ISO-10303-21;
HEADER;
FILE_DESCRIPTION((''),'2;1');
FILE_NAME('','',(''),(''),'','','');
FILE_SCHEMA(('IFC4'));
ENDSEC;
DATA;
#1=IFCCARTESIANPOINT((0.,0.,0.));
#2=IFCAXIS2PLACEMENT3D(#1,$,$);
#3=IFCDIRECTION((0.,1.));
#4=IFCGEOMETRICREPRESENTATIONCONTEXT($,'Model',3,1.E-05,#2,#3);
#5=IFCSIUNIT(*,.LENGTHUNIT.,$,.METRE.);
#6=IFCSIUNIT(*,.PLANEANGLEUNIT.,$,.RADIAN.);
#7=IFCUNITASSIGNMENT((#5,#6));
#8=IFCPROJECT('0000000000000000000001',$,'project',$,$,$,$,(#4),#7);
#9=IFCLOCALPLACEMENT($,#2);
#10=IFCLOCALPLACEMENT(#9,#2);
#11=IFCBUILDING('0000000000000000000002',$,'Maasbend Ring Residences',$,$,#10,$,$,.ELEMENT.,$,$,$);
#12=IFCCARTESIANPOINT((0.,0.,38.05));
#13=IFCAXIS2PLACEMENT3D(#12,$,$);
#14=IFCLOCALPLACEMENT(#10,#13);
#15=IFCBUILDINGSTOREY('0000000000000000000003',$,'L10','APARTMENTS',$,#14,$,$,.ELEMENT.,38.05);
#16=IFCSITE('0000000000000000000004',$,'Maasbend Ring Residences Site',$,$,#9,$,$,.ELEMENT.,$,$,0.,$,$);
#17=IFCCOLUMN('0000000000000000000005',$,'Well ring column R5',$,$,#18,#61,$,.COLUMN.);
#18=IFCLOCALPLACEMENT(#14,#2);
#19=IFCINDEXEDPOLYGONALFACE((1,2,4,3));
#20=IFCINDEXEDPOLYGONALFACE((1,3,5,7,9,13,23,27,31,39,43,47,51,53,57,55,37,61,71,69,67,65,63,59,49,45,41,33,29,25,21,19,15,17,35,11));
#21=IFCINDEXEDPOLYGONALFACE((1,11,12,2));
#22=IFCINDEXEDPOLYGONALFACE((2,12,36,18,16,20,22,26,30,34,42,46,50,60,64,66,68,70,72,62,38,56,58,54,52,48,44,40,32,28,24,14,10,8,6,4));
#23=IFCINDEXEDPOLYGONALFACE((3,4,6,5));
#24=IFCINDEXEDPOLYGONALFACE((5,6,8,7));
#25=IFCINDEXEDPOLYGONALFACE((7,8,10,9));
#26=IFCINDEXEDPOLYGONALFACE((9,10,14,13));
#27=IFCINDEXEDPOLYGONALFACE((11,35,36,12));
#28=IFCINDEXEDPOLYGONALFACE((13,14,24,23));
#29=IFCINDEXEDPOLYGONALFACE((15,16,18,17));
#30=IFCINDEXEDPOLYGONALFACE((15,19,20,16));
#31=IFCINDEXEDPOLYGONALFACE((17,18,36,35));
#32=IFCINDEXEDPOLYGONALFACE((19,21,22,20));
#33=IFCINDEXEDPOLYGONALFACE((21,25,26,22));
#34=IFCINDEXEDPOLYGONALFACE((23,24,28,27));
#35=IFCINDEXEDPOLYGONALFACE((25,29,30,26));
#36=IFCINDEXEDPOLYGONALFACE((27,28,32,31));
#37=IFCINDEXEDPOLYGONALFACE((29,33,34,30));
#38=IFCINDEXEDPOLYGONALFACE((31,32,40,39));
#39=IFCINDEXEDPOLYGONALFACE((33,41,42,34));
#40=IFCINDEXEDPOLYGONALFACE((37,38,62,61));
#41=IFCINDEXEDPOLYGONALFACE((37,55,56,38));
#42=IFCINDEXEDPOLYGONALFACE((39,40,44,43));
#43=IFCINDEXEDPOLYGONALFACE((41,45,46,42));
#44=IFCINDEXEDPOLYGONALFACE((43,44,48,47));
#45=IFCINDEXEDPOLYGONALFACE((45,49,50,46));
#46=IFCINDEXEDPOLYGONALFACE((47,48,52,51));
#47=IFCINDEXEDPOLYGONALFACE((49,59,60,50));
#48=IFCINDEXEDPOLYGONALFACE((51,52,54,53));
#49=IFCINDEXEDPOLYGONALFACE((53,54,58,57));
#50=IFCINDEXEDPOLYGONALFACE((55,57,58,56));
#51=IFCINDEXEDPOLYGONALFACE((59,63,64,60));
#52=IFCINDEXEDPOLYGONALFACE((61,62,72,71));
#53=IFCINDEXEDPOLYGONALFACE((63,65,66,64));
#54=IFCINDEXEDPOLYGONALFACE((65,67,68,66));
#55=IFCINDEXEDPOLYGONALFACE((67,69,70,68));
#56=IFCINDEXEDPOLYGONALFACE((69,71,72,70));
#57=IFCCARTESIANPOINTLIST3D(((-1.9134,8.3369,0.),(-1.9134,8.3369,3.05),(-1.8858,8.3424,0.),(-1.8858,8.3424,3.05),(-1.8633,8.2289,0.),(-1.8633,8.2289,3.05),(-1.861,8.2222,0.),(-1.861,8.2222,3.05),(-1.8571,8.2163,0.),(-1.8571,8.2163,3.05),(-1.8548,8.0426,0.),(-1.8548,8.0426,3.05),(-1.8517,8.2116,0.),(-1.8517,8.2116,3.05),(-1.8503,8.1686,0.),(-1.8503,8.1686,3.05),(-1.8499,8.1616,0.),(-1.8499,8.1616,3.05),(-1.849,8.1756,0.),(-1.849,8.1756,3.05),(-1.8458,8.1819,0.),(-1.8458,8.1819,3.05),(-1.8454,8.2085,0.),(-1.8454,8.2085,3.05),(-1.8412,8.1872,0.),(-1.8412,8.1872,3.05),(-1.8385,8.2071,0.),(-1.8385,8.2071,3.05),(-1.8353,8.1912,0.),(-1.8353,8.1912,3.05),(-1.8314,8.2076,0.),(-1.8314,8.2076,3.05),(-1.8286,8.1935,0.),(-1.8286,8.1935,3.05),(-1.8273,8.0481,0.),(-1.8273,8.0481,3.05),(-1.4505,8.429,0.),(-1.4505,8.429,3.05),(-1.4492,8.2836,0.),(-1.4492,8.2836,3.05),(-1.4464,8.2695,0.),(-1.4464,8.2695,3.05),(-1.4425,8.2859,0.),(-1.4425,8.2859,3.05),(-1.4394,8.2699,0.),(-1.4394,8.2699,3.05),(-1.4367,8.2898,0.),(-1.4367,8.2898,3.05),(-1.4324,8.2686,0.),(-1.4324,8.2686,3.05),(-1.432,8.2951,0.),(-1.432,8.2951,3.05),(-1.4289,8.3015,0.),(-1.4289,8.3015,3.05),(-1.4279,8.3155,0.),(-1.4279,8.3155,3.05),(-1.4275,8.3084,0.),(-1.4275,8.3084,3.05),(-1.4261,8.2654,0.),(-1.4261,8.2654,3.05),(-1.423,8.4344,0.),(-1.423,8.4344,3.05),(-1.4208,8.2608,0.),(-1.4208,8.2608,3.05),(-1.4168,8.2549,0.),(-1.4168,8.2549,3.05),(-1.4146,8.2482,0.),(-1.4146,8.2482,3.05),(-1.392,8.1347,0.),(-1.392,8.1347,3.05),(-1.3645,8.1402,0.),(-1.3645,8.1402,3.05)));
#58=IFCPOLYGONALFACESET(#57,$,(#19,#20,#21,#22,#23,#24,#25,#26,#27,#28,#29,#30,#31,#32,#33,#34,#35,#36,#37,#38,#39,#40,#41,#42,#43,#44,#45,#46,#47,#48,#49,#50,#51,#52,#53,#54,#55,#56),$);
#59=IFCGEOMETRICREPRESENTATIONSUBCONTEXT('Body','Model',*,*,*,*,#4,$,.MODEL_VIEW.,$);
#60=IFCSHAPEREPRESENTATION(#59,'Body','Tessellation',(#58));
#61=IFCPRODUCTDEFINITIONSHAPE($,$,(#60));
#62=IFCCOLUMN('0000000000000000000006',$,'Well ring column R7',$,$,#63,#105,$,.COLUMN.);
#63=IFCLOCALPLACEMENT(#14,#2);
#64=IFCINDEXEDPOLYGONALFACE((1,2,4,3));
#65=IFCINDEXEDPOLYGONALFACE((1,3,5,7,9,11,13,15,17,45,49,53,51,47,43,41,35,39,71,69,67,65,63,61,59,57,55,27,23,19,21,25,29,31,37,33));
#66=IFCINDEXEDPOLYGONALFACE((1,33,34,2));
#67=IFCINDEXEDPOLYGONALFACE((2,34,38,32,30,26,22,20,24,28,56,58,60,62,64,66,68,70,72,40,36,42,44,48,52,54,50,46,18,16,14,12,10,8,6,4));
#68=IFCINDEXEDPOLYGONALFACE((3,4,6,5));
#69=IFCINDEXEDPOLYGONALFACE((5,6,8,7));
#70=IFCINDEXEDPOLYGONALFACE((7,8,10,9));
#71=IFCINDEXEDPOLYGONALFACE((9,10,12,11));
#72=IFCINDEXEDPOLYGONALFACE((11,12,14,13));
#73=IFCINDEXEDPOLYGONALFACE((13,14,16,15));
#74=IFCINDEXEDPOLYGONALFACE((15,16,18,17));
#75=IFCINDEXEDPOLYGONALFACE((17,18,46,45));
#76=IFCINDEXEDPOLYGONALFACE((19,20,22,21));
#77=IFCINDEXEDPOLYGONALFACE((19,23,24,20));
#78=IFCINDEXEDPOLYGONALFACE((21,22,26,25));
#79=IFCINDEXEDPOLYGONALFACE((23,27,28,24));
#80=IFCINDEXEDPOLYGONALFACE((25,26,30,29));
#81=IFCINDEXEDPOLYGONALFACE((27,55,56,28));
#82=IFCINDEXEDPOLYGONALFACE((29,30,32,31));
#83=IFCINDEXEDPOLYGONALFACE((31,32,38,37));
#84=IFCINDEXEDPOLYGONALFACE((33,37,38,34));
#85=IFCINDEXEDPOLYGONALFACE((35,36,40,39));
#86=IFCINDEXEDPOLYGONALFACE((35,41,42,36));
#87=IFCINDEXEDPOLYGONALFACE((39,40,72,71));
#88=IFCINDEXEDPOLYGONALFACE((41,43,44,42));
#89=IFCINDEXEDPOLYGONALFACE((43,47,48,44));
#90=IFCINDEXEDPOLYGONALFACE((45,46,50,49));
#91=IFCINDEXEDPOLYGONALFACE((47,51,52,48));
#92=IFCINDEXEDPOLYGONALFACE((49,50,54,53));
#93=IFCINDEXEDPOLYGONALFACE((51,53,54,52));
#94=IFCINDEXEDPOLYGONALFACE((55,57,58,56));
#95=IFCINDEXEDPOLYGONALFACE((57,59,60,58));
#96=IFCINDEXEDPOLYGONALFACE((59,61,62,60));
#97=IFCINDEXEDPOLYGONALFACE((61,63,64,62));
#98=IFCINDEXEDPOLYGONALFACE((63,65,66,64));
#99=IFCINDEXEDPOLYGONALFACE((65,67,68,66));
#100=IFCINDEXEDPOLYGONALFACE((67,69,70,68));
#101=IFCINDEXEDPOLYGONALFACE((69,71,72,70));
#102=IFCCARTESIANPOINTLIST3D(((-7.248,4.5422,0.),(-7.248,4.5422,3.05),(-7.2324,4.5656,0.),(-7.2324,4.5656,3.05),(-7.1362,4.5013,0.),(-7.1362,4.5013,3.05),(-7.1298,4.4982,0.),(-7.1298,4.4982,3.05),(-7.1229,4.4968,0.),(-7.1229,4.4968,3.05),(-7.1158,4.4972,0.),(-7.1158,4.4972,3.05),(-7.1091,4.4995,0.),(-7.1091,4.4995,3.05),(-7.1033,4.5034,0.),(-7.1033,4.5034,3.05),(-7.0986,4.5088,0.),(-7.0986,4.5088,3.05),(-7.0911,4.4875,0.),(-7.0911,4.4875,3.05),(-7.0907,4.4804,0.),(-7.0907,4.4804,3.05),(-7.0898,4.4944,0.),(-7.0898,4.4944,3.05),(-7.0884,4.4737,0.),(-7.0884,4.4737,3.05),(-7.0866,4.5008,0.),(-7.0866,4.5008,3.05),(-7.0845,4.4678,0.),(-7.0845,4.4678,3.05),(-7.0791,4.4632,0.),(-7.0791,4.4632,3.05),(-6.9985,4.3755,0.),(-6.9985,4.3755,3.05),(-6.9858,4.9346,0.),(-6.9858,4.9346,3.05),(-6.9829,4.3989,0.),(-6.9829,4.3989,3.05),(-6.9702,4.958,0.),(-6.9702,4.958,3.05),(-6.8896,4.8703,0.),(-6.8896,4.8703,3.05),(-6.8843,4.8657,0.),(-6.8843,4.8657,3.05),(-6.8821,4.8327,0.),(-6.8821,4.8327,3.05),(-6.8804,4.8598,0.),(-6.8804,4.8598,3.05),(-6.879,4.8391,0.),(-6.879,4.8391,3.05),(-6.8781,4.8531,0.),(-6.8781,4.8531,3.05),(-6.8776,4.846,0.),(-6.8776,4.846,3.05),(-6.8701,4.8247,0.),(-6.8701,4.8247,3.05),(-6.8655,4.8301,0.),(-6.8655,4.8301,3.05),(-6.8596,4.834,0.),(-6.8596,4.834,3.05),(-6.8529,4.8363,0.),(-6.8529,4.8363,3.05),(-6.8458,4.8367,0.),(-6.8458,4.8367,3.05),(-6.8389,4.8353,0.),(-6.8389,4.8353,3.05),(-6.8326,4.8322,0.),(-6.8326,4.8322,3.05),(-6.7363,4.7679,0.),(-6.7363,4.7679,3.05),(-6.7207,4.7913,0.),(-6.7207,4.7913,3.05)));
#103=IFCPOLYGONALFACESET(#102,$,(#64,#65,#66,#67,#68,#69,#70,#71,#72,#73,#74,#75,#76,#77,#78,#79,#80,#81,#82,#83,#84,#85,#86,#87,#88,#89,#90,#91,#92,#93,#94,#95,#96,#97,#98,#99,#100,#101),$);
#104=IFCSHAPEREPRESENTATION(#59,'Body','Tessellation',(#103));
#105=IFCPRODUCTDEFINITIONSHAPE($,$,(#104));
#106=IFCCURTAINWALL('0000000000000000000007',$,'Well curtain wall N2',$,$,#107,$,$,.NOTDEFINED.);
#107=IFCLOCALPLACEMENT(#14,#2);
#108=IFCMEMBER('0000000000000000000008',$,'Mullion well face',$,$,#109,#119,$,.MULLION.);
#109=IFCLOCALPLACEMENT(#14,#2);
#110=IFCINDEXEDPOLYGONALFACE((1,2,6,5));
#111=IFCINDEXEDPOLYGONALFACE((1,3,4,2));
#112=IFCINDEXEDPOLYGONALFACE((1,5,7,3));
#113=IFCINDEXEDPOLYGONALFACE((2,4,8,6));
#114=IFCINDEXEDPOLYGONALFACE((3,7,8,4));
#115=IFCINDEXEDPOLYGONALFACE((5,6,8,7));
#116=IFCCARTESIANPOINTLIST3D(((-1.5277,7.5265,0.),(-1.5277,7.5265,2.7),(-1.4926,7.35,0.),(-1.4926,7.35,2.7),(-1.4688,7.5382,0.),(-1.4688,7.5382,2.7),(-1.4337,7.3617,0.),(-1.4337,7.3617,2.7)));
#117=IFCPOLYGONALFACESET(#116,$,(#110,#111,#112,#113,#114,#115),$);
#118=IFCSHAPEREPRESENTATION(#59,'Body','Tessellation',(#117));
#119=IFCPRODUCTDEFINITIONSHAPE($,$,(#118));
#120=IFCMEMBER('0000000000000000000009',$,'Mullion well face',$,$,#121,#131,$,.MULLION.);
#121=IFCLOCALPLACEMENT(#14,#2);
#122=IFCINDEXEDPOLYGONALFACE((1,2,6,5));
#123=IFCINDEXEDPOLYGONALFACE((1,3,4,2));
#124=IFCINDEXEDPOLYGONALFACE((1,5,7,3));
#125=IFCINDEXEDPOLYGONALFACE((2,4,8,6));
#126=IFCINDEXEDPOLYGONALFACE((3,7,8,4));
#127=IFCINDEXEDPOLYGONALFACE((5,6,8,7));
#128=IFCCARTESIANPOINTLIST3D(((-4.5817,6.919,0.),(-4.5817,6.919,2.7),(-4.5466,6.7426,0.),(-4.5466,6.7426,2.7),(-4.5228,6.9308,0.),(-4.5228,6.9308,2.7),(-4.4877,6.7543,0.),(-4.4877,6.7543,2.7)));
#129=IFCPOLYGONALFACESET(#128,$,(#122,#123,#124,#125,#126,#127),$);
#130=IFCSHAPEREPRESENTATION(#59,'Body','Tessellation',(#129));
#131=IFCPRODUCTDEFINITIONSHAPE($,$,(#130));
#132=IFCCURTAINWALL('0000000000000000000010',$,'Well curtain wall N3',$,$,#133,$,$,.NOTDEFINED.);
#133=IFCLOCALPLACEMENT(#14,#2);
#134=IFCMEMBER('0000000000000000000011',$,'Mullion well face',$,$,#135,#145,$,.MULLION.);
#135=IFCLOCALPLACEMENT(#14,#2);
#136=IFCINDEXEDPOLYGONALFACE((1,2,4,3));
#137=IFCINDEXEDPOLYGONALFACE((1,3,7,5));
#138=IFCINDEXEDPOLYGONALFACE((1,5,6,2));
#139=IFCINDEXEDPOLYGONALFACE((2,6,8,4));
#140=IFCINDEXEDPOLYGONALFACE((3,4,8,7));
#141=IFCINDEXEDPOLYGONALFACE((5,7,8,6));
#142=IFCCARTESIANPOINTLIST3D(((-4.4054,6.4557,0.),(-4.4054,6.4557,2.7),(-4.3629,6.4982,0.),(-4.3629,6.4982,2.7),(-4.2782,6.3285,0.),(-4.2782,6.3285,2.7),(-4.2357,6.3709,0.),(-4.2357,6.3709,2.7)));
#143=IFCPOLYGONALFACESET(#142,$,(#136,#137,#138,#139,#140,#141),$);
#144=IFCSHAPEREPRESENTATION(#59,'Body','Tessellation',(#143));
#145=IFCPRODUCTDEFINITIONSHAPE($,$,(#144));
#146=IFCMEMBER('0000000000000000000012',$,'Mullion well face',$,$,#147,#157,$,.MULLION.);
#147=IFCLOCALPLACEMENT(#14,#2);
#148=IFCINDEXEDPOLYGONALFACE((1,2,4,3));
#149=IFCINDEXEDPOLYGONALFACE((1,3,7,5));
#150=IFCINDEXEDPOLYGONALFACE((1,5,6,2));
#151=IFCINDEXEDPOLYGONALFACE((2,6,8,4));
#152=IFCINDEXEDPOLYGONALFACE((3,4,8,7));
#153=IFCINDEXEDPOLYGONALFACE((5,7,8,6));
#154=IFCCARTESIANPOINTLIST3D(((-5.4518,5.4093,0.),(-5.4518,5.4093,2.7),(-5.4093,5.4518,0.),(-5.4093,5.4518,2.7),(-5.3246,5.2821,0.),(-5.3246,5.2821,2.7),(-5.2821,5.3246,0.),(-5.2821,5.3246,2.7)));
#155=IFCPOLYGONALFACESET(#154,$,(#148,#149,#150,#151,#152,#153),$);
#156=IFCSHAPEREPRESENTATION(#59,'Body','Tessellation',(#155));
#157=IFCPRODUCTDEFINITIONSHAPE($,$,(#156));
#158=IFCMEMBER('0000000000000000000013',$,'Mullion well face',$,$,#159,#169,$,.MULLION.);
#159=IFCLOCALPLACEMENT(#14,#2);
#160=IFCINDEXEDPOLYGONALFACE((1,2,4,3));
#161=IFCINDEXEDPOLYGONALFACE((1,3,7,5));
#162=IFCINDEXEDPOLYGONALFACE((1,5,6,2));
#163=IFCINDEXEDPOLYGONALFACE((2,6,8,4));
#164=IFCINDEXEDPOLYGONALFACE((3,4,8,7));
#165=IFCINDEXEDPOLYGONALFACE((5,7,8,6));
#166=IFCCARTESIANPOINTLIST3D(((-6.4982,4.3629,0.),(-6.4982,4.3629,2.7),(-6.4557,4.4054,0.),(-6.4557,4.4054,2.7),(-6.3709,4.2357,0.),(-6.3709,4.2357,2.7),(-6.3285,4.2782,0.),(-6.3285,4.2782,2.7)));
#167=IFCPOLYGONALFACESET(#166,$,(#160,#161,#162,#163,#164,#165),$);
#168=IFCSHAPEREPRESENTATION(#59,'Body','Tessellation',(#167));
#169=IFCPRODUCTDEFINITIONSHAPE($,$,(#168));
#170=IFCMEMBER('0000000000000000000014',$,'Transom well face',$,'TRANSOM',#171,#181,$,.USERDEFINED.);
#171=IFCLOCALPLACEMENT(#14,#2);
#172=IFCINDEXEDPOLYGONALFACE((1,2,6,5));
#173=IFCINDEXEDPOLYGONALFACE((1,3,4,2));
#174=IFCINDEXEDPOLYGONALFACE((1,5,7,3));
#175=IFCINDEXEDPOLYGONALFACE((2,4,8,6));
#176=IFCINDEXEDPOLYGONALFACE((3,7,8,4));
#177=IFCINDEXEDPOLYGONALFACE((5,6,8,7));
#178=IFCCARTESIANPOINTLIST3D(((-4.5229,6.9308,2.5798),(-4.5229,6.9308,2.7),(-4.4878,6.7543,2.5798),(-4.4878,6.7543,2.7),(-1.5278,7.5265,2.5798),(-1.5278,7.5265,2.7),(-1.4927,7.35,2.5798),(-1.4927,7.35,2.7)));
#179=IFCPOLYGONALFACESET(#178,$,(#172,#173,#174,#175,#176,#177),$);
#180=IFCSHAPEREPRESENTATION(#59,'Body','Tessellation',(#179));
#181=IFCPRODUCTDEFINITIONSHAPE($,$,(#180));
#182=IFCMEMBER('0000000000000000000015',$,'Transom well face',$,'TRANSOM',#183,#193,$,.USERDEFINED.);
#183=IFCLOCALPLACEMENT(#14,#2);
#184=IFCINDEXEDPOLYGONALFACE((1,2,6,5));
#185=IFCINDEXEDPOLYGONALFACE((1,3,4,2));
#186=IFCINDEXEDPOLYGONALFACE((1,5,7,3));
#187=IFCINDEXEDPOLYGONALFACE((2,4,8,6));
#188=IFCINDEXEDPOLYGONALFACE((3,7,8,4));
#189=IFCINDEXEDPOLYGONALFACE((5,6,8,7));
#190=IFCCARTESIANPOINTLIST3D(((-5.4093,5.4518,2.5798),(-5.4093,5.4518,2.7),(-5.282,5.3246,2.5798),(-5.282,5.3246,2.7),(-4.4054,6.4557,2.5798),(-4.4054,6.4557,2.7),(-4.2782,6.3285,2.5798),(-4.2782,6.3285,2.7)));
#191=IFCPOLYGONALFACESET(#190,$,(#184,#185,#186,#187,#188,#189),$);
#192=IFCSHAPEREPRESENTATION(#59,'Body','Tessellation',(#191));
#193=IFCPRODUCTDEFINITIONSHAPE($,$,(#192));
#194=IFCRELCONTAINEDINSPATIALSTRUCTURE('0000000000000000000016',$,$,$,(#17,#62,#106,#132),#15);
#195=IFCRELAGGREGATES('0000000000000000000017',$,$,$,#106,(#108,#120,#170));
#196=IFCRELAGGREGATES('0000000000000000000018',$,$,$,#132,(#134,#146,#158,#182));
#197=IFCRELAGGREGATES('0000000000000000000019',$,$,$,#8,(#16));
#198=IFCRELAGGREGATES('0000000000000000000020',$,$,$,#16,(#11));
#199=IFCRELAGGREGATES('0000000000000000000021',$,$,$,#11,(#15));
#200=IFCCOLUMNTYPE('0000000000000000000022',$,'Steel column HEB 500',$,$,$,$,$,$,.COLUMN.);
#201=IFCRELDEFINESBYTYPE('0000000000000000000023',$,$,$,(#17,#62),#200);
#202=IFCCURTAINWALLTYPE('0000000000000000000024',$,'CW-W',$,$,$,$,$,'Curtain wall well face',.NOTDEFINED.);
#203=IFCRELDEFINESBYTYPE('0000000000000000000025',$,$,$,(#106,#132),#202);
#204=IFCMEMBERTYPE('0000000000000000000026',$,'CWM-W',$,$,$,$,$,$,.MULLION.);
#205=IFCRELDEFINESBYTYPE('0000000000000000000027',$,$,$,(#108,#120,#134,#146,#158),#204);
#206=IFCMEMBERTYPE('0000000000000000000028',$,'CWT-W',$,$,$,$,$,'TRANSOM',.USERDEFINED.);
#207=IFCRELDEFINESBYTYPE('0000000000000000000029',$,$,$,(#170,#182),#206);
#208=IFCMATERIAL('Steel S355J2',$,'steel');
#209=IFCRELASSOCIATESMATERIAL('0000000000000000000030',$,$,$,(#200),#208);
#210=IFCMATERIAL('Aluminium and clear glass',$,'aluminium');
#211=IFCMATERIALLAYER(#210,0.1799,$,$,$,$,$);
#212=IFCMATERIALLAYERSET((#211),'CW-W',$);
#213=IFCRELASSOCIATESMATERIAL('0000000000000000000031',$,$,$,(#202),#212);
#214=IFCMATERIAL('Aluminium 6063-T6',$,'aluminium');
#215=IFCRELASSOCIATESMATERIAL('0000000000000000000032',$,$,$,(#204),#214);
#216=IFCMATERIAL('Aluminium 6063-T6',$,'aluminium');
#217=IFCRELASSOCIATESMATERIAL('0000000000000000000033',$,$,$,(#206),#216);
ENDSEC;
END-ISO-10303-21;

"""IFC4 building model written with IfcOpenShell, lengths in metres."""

from ifc_helpers import new_model, si_unit, direction, frame, origin, origin_2d, place, context, subcontext, project, spatial, rectangle, i_section, extrude, material, layer, layer_set, material_profile, profile_set, type_object, element, aggregate, save


model = new_model("IFC4")

# Units and contexts
model_context = context("Model", 3, precision=1e-05, world=origin(), true_north=direction((0.0, 1.0)))
body_context = subcontext(model_context, "Body", "Model", "MODEL_VIEW")
ifc_project = project(units=[si_unit("LENGTHUNIT", "METRE"), si_unit("PLANEANGLEUNIT", "RADIAN")], contexts=[model_context])

# Site, building, storey
site_placement = place(None, origin())
site = spatial("IfcSite", under=ifc_project, at=site_placement, Name="Maasbend Ring Residences Site", CompositionType="ELEMENT", RefElevation=0.0)
building_placement = place(site_placement, origin())
building = spatial("IfcBuilding", under=site, at=building_placement, Name="Maasbend Ring Residences", CompositionType="ELEMENT")
storey_placement = place(building_placement, frame((0.0, 0.0, 38.05)))
storey = spatial("IfcBuildingStorey", under=building, at=storey_placement, Name="L10", Description="APARTMENTS", CompositionType="ELEMENT", Elevation=38.05)

# Columns
ifc_material_1 = material(Name="Steel S355J2", Category="steel")
ifc_material_profile_1 = material_profile(ifc_material_1, i_section(OverallWidth=0.3, OverallDepth=0.5, WebThickness=0.0144, FlangeThickness=0.0281, FilletRadius=0.0271, at=origin_2d()), Name="HEB 500")
ifc_profile_set_1 = profile_set([ifc_material_profile_1], Name="Steel S355J2")
column_type = type_object("IfcColumnType", Name="Steel column HEB 500", PredefinedType="COLUMN", material=ifc_profile_set_1)
for number, where, z_axis, x_axis, name in (
    (1, (-1.6389, 8.2385, 0.0), (0.0, 0.0, 1.0), (-0.19509, 0.980785, 0.0), "Well ring column R5"),
    (2, (-6.9844, 4.6667, 0.0), (0.0, 0.0, 1.0), (-0.83147, 0.55557, 0.0), "Well ring column R7"),
):
    element("IfcColumn", number, at=place(storey_placement, frame(where, z_axis=z_axis, x_axis=x_axis)), inside=storey, type_object=column_type, Name=name, PredefinedType="COLUMN", context=body_context, shape_type="SweptSolid", body=[
        extrude(i_section(OverallWidth=0.3, OverallDepth=0.5, WebThickness=0.0144, FlangeThickness=0.0281, FilletRadius=0.0271, at=origin_2d()), origin(), (0.0, 0.0, 1.0), 3.05),
    ])

# Curtain walls, members
ifc_material_2 = material(Name="Aluminium and clear glass", Category="aluminium")
ifc_layer_1 = layer(ifc_material_2, 0.1799)
ifc_layer_set_1 = layer_set([ifc_layer_1], Name="CW-W")
curtain_wall_type = type_object("IfcCurtainWallType", Name="CW-W", ElementType="Curtain wall well face", PredefinedType="NOTDEFINED", material=ifc_layer_set_1)
curtain_wall_1_placement = place(storey_placement, origin())
curtain_wall_1 = element("IfcCurtainWall", 3, at=curtain_wall_1_placement, inside=storey, type_object=curtain_wall_type, Name="Well curtain wall N2", PredefinedType="NOTDEFINED")
ifc_material_3 = material(Name="Aluminium 6063-T6", Category="aluminium")
ifc_material_profile_2 = material_profile(ifc_material_3, rectangle(XDim=0.1799, YDim=0.0601, at=origin_2d()), Name="AL 180x60")
ifc_profile_set_2 = profile_set([ifc_material_profile_2], Name="Aluminium 6063-T6")
member_type_1 = type_object("IfcMemberType", Name="CWM-W", PredefinedType="MULLION", material=ifc_profile_set_2)
member_1_placement = place(storey_placement, frame((-1.4807, 7.4441, 0.0), z_axis=(0.0, 0.0, 1.0), x_axis=(0.19509, -0.980785, 0.0)))
member_1 = element("IfcMember", 4, at=member_1_placement, type_object=member_type_1, Name="Mullion well face", PredefinedType="MULLION", context=body_context, shape_type="SweptSolid", body=[
    extrude(rectangle(XDim=0.1799, YDim=0.0601, at=origin_2d()), origin(), (0.0, 0.0, 1.0), 2.7),
])
member_2_placement = place(storey_placement, frame((-4.5347, 6.8367, 0.0), z_axis=(0.0, 0.0, 1.0), x_axis=(0.19509, -0.980785, 0.0)))
member_2 = element("IfcMember", 5, at=member_2_placement, type_object=member_type_1, Name="Mullion well face", PredefinedType="MULLION", context=body_context, shape_type="SweptSolid", body=[
    extrude(rectangle(XDim=0.1799, YDim=0.0601, at=origin_2d()), origin(), (0.0, 0.0, 1.0), 2.7),
])
curtain_wall_2_placement = place(storey_placement, origin())
curtain_wall_2 = element("IfcCurtainWall", 6, at=curtain_wall_2_placement, inside=storey, type_object=curtain_wall_type, Name="Well curtain wall N3", PredefinedType="NOTDEFINED")
member_3_placement = place(storey_placement, frame((-4.3206, 6.4133, 0.0), z_axis=(0.0, 0.0, 1.0), x_axis=(0.707107, -0.707107, 0.0)))
member_3 = element("IfcMember", 7, at=member_3_placement, type_object=member_type_1, Name="Mullion well face", PredefinedType="MULLION", context=body_context, shape_type="SweptSolid", body=[
    extrude(rectangle(XDim=0.1799, YDim=0.0601, at=origin_2d()), origin(), (0.0, 0.0, 1.0), 2.7),
])
member_4_placement = place(storey_placement, frame((-5.3669, 5.3669, 0.0), z_axis=(0.0, 0.0, 1.0), x_axis=(0.707107, -0.707107, 0.0)))
member_4 = element("IfcMember", 8, at=member_4_placement, type_object=member_type_1, Name="Mullion well face", PredefinedType="MULLION", context=body_context, shape_type="SweptSolid", body=[
    extrude(rectangle(XDim=0.1799, YDim=0.0601, at=origin_2d()), origin(), (0.0, 0.0, 1.0), 2.7),
])
member_5_placement = place(storey_placement, frame((-6.4133, 4.3206, 0.0), z_axis=(0.0, 0.0, 1.0), x_axis=(0.707107, -0.707107, 0.0)))
member_5 = element("IfcMember", 9, at=member_5_placement, type_object=member_type_1, Name="Mullion well face", PredefinedType="MULLION", context=body_context, shape_type="SweptSolid", body=[
    extrude(rectangle(XDim=0.1799, YDim=0.0601, at=origin_2d()), origin(), (0.0, 0.0, 1.0), 2.7),
])

# Members
ifc_material_4 = material(Name="Aluminium 6063-T6", Category="aluminium")
ifc_material_profile_3 = material_profile(ifc_material_4, rectangle(XDim=0.1799, YDim=0.1201, at=origin_2d()), Name="AL 180x120")
ifc_profile_set_3 = profile_set([ifc_material_profile_3], Name="Aluminium 6063-T6")
member_type_2 = type_object("IfcMemberType", Name="CWT-W", ElementType="TRANSOM", PredefinedType="USERDEFINED", material=ifc_profile_set_3)
member_6_placement = place(storey_placement, frame((-1.5103, 7.4382, 2.6399), z_axis=(-0.980789, -0.195071, 0.0), x_axis=(0.195071, -0.980789, 0.0)))
member_6 = element("IfcMember", 10, at=member_6_placement, type_object=member_type_2, Name="Transom well face", ObjectType="TRANSOM", PredefinedType="USERDEFINED", context=body_context, shape_type="SweptSolid", body=[
    extrude(rectangle(XDim=0.1799, YDim=0.1201, at=origin_2d()), origin(), (0.0, 0.0, 1.0), 3.0537),
])
member_7_placement = place(storey_placement, frame((-4.3418, 6.3921, 2.6399), z_axis=(-0.707107, -0.707107, 0.0), x_axis=(0.707107, -0.707107, 0.0)))
member_7 = element("IfcMember", 11, at=member_7_placement, type_object=member_type_2, Name="Transom well face", ObjectType="TRANSOM", PredefinedType="USERDEFINED", context=body_context, shape_type="SweptSolid", body=[
    extrude(rectangle(XDim=0.1799, YDim=0.1201, at=origin_2d()), origin(), (0.0, 0.0, 1.0), 1.4197),
])

aggregate(curtain_wall_1, [member_1, member_2, member_6])
aggregate(curtain_wall_2, [member_3, member_4, member_5, member_7])

save(model, "model.ifc")
